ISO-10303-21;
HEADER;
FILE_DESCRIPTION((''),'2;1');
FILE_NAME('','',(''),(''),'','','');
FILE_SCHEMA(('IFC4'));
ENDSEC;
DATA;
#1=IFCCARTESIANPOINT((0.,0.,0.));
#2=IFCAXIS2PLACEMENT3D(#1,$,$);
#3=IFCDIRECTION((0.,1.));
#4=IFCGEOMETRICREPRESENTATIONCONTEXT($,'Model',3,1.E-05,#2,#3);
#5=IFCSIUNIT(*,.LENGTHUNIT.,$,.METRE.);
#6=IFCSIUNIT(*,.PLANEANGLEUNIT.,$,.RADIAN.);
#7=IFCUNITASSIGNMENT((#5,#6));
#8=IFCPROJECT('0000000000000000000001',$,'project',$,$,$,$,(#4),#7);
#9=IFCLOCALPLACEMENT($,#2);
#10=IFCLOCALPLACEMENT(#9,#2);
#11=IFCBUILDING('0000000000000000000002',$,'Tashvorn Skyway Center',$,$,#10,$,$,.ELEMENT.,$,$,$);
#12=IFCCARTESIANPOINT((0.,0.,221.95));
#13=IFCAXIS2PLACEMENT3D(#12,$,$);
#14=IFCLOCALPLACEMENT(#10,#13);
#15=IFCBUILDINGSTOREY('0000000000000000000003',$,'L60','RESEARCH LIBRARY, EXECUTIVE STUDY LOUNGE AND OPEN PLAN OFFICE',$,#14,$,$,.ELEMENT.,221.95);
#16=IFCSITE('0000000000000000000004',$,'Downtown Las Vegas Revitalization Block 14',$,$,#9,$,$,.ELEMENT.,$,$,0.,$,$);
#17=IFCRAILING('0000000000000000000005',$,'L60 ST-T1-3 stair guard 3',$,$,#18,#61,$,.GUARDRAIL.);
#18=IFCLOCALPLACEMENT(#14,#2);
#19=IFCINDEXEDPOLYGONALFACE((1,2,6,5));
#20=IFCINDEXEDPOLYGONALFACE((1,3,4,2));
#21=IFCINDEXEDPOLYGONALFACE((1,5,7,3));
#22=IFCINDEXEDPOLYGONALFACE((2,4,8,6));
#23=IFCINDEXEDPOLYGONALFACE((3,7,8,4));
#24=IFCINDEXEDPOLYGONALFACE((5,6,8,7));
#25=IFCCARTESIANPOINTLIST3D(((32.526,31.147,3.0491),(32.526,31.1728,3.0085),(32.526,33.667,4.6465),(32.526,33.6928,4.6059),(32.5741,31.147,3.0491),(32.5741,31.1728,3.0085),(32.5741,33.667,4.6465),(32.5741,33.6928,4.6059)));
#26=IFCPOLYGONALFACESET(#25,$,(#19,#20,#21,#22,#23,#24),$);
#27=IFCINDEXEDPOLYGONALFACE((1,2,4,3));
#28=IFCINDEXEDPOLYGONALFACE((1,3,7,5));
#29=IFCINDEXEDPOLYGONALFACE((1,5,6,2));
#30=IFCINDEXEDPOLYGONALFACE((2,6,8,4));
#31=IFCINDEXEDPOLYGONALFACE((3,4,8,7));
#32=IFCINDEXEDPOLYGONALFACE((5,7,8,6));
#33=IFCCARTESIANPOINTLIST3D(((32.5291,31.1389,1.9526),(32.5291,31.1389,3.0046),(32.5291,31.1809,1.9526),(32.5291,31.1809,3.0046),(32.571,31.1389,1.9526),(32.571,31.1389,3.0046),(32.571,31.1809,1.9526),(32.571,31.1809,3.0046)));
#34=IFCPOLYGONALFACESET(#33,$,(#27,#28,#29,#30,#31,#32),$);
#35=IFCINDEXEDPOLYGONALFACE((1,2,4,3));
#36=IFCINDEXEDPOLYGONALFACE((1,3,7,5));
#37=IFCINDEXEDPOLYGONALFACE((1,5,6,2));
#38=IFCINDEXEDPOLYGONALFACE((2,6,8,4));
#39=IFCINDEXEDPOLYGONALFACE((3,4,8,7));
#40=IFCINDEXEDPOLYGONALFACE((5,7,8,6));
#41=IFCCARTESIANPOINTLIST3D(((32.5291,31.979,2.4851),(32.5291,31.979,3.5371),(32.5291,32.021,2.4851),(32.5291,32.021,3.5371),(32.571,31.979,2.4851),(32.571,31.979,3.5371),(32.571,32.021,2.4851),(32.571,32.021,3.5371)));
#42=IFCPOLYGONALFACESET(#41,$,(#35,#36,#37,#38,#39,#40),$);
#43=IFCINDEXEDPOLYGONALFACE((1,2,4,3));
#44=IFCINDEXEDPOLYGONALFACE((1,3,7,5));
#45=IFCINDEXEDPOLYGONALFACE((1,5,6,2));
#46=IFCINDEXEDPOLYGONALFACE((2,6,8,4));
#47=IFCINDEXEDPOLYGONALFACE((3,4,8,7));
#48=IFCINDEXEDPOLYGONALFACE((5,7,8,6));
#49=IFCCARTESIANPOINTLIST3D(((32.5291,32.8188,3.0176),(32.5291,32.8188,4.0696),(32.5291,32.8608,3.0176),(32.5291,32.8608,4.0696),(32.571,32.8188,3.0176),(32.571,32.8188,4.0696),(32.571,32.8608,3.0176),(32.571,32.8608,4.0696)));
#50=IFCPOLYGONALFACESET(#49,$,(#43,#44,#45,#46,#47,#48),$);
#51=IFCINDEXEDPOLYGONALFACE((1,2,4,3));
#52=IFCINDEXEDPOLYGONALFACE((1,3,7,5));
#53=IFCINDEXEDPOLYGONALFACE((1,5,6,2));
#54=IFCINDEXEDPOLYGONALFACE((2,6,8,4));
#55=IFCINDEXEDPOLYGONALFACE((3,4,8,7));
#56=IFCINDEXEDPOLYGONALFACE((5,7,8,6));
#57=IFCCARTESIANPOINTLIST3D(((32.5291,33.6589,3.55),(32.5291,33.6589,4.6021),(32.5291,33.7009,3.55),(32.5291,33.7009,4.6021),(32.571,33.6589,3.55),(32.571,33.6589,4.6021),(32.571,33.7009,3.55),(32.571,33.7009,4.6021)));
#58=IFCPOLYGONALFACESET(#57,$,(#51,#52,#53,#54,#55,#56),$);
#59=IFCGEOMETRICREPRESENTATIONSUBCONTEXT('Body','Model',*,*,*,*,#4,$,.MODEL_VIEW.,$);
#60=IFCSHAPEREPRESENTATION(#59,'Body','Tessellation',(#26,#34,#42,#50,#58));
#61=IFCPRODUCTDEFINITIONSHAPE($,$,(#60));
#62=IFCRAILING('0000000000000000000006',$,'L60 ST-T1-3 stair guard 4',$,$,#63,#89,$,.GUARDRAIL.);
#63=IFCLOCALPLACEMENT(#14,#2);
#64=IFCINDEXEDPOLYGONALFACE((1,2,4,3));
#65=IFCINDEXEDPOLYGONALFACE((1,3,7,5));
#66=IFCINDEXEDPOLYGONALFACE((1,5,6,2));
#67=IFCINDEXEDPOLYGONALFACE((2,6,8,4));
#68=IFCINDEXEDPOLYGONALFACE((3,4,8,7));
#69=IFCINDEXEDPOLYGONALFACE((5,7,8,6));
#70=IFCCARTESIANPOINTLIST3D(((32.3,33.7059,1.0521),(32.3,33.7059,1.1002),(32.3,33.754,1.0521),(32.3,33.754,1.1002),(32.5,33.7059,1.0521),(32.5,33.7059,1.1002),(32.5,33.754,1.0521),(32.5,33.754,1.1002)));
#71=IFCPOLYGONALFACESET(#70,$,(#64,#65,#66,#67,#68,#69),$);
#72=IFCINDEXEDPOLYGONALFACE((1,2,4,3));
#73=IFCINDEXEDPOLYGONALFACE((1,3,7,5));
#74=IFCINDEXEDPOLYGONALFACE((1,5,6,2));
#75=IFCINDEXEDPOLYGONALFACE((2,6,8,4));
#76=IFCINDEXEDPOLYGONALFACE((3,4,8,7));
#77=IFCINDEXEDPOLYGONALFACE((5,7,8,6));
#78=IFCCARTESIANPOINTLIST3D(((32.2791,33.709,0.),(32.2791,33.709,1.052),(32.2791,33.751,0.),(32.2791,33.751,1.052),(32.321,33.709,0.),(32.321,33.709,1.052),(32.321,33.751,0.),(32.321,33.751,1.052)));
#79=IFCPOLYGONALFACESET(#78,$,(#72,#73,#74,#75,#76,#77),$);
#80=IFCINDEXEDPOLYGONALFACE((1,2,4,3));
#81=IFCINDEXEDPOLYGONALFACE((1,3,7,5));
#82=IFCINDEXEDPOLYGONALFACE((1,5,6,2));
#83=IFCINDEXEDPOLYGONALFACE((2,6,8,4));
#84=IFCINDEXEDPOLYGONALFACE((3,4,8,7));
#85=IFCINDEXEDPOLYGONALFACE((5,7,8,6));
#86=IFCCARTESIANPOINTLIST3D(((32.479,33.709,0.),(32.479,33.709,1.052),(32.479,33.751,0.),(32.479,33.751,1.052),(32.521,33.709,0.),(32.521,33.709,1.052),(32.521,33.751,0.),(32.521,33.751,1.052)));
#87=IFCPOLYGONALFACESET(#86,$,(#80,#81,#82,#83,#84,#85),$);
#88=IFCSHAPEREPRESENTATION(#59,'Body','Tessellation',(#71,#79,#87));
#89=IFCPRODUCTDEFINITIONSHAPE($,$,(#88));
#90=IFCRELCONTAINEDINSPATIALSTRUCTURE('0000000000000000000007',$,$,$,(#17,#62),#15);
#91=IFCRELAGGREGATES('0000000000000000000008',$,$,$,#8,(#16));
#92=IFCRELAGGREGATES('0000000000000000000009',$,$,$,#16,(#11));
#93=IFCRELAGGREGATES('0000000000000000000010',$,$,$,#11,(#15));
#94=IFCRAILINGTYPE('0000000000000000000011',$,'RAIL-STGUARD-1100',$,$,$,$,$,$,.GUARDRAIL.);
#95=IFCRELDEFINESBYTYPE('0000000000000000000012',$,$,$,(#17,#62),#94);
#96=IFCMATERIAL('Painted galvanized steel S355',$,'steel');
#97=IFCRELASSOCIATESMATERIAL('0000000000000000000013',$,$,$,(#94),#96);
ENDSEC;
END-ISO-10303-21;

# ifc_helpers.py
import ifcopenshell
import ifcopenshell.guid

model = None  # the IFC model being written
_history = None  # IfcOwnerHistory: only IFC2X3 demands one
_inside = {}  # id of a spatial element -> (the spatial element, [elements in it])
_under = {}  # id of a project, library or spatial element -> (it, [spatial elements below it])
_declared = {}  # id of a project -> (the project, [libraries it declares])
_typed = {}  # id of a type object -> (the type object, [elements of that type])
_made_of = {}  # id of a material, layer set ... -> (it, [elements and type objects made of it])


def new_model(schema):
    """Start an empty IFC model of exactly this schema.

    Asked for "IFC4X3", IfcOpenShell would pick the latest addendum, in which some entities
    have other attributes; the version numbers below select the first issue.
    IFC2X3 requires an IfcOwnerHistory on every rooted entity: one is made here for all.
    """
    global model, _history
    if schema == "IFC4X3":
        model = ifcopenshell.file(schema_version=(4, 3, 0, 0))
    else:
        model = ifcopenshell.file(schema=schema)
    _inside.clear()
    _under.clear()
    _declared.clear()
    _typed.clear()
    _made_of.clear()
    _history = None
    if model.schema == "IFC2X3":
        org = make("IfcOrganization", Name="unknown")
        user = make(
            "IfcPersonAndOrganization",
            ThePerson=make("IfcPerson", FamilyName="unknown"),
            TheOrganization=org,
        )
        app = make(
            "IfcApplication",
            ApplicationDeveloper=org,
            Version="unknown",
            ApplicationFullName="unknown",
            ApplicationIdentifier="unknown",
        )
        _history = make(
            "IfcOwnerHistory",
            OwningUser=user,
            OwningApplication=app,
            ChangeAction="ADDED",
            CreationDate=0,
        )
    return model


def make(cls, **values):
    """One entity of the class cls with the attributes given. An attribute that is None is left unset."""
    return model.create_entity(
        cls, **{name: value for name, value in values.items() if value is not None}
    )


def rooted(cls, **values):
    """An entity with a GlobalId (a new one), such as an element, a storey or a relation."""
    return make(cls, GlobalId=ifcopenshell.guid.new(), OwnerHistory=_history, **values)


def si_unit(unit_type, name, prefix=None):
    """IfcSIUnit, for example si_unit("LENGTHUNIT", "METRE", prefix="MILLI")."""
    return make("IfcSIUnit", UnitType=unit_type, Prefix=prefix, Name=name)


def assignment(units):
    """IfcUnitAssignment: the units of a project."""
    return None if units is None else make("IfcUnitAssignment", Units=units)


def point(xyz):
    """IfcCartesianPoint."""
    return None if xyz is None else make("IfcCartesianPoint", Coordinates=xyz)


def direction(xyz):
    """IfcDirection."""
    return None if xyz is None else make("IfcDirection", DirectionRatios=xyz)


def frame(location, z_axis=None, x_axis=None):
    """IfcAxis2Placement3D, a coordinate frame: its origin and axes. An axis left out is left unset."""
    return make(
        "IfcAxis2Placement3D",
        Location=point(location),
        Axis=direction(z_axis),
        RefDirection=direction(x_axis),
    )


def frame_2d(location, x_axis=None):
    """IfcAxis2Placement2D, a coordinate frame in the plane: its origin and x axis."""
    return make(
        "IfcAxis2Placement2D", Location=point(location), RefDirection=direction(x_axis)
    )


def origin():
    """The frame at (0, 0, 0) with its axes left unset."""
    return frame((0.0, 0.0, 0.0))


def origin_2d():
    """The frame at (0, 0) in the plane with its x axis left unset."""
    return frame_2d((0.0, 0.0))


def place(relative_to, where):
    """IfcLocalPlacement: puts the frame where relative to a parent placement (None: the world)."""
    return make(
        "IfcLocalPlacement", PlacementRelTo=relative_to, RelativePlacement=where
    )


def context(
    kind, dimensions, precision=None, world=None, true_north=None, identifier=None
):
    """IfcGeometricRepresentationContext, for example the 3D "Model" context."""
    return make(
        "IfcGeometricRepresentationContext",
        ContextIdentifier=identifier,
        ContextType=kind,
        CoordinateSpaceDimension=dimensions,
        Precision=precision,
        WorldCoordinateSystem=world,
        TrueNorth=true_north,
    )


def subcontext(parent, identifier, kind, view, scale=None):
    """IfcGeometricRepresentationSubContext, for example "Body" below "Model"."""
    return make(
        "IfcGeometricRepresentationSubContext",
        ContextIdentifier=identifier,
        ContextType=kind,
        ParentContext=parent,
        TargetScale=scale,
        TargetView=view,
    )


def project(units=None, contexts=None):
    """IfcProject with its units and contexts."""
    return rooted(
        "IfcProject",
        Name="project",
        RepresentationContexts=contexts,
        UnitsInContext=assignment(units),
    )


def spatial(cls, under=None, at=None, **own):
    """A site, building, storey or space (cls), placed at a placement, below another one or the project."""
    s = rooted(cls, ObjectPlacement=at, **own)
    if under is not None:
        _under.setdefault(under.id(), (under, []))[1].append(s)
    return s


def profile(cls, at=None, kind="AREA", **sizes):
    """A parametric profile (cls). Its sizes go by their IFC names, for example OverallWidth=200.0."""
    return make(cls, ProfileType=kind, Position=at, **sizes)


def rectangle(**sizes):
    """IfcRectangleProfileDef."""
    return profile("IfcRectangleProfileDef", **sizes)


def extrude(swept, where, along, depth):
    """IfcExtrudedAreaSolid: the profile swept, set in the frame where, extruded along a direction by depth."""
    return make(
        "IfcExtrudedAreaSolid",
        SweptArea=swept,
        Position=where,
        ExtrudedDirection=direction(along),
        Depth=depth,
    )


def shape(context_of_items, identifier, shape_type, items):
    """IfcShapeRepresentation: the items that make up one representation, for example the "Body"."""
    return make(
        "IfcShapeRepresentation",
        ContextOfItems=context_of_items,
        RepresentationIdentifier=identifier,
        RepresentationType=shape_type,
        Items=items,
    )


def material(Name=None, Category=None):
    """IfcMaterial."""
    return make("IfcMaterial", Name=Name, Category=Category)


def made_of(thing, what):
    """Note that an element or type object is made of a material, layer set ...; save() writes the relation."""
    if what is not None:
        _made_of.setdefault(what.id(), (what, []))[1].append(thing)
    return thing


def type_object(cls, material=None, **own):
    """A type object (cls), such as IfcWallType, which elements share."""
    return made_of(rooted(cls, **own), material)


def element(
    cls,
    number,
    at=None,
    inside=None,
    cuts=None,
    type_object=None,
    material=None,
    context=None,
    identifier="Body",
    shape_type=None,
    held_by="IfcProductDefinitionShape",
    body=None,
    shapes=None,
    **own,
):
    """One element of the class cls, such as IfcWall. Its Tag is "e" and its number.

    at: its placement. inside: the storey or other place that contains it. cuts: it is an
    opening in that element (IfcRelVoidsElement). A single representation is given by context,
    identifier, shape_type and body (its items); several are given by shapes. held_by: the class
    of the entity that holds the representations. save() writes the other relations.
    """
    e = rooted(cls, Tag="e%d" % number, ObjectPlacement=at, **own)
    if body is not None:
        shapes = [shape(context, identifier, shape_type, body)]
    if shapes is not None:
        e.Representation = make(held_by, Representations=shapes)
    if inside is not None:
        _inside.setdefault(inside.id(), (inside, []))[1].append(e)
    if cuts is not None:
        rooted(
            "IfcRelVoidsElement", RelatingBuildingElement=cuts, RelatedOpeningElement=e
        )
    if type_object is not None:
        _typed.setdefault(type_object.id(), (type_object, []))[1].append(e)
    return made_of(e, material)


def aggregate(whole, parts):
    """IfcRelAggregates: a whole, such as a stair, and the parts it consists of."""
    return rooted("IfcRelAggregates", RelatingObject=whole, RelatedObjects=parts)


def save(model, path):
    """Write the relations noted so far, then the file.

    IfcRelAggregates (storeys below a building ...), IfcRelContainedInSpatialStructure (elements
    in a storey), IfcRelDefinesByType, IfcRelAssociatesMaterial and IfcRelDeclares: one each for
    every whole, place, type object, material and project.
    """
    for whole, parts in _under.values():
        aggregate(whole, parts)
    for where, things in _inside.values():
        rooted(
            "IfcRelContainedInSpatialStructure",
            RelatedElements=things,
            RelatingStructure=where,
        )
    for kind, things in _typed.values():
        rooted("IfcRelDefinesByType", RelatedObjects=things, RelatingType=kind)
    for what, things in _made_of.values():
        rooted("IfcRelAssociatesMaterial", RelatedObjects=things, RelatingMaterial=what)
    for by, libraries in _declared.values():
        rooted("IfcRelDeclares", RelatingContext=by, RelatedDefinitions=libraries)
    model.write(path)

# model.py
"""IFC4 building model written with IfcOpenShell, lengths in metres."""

from ifc_helpers import new_model, si_unit, direction, frame, origin, origin_2d, place, context, subcontext, project, spatial, rectangle, extrude, material, type_object, element, save


model = new_model("IFC4")

# Units and contexts
model_context = context("Model", 3, precision=1e-05, world=origin(), true_north=direction((0.0, 1.0)))
body_context = subcontext(model_context, "Body", "Model", "MODEL_VIEW")
ifc_project = project(units=[si_unit("LENGTHUNIT", "METRE"), si_unit("PLANEANGLEUNIT", "RADIAN")], contexts=[model_context])

# Site, building, storey
site_placement = place(None, origin())
site = spatial("IfcSite", under=ifc_project, at=site_placement, Name="Downtown Las Vegas Revitalization Block 14", CompositionType="ELEMENT", RefElevation=0.0)
building_placement = place(site_placement, origin())
building = spatial("IfcBuilding", under=site, at=building_placement, Name="Tashvorn Skyway Center", CompositionType="ELEMENT")
storey_placement = place(building_placement, frame((0.0, 0.0, 221.95)))
storey = spatial("IfcBuildingStorey", under=building, at=storey_placement, Name="L60", Description="RESEARCH LIBRARY, EXECUTIVE STUDY LOUNGE AND OPEN PLAN OFFICE", CompositionType="ELEMENT", Elevation=221.95)

# Railings
ifc_material_1 = material(Name="Painted galvanized steel S355", Category="steel")
railing_type_1 = type_object("IfcRailingType", Name="RAIL-STGUARD-1100", PredefinedType="GUARDRAIL", material=ifc_material_1)
railing_1_placement = place(storey_placement, frame((32.55, 31.1599, 1.9526)))
element("IfcRailing", 1, at=railing_1_placement, inside=storey, type_object=railing_type_1, Name="L60 ST-T1-3 stair guard 3", PredefinedType="GUARDRAIL", context=body_context, shape_type="SweptSolid", body=[
    extrude(rectangle(XDim=0.0481, YDim=0.0481, at=origin_2d()), frame((0.0, 0.0, 1.0762), z_axis=(0.0, 0.844607, 0.535387), x_axis=(-1.0, 0.0, 0.0)), (0.0, 0.0, 1.0), 2.9836),
    extrude(rectangle(XDim=0.042, YDim=0.042, at=origin_2d()), origin(), (0.0, 0.0, 1.0), 1.052),
    extrude(rectangle(XDim=0.042, YDim=0.042, at=origin_2d()), frame((0.0, 0.8401, 0.5325)), (0.0, 0.0, 1.0), 1.052),
    extrude(rectangle(XDim=0.042, YDim=0.042, at=origin_2d()), frame((0.0, 1.6799, 1.0649)), (0.0, 0.0, 1.0), 1.052),
    extrude(rectangle(XDim=0.042, YDim=0.042, at=origin_2d()), frame((0.0, 2.52, 1.5974)), (0.0, 0.0, 1.0), 1.052),
])
railing_2_placement = place(storey_placement, frame((32.3, 33.73, 0.0)))
element("IfcRailing", 2, at=railing_2_placement, inside=storey, type_object=railing_type_1, Name="L60 ST-T1-3 stair guard 4", PredefinedType="GUARDRAIL", context=body_context, shape_type="SweptSolid", body=[
    extrude(rectangle(XDim=0.0481, YDim=0.0481, at=origin_2d()), frame((0.0, 0.0, 1.0762), z_axis=(1.0, 0.0, 0.0), x_axis=(0.0, 1.0, 0.0)), (0.0, 0.0, 1.0), 0.2),
    extrude(rectangle(XDim=0.042, YDim=0.042, at=origin_2d()), origin(), (0.0, 0.0, 1.0), 1.052),
    extrude(rectangle(XDim=0.042, YDim=0.042, at=origin_2d()), frame((0.2, 0.0, 0.0)), (0.0, 0.0, 1.0), 1.052),
])

save(model, "model.ifc")
